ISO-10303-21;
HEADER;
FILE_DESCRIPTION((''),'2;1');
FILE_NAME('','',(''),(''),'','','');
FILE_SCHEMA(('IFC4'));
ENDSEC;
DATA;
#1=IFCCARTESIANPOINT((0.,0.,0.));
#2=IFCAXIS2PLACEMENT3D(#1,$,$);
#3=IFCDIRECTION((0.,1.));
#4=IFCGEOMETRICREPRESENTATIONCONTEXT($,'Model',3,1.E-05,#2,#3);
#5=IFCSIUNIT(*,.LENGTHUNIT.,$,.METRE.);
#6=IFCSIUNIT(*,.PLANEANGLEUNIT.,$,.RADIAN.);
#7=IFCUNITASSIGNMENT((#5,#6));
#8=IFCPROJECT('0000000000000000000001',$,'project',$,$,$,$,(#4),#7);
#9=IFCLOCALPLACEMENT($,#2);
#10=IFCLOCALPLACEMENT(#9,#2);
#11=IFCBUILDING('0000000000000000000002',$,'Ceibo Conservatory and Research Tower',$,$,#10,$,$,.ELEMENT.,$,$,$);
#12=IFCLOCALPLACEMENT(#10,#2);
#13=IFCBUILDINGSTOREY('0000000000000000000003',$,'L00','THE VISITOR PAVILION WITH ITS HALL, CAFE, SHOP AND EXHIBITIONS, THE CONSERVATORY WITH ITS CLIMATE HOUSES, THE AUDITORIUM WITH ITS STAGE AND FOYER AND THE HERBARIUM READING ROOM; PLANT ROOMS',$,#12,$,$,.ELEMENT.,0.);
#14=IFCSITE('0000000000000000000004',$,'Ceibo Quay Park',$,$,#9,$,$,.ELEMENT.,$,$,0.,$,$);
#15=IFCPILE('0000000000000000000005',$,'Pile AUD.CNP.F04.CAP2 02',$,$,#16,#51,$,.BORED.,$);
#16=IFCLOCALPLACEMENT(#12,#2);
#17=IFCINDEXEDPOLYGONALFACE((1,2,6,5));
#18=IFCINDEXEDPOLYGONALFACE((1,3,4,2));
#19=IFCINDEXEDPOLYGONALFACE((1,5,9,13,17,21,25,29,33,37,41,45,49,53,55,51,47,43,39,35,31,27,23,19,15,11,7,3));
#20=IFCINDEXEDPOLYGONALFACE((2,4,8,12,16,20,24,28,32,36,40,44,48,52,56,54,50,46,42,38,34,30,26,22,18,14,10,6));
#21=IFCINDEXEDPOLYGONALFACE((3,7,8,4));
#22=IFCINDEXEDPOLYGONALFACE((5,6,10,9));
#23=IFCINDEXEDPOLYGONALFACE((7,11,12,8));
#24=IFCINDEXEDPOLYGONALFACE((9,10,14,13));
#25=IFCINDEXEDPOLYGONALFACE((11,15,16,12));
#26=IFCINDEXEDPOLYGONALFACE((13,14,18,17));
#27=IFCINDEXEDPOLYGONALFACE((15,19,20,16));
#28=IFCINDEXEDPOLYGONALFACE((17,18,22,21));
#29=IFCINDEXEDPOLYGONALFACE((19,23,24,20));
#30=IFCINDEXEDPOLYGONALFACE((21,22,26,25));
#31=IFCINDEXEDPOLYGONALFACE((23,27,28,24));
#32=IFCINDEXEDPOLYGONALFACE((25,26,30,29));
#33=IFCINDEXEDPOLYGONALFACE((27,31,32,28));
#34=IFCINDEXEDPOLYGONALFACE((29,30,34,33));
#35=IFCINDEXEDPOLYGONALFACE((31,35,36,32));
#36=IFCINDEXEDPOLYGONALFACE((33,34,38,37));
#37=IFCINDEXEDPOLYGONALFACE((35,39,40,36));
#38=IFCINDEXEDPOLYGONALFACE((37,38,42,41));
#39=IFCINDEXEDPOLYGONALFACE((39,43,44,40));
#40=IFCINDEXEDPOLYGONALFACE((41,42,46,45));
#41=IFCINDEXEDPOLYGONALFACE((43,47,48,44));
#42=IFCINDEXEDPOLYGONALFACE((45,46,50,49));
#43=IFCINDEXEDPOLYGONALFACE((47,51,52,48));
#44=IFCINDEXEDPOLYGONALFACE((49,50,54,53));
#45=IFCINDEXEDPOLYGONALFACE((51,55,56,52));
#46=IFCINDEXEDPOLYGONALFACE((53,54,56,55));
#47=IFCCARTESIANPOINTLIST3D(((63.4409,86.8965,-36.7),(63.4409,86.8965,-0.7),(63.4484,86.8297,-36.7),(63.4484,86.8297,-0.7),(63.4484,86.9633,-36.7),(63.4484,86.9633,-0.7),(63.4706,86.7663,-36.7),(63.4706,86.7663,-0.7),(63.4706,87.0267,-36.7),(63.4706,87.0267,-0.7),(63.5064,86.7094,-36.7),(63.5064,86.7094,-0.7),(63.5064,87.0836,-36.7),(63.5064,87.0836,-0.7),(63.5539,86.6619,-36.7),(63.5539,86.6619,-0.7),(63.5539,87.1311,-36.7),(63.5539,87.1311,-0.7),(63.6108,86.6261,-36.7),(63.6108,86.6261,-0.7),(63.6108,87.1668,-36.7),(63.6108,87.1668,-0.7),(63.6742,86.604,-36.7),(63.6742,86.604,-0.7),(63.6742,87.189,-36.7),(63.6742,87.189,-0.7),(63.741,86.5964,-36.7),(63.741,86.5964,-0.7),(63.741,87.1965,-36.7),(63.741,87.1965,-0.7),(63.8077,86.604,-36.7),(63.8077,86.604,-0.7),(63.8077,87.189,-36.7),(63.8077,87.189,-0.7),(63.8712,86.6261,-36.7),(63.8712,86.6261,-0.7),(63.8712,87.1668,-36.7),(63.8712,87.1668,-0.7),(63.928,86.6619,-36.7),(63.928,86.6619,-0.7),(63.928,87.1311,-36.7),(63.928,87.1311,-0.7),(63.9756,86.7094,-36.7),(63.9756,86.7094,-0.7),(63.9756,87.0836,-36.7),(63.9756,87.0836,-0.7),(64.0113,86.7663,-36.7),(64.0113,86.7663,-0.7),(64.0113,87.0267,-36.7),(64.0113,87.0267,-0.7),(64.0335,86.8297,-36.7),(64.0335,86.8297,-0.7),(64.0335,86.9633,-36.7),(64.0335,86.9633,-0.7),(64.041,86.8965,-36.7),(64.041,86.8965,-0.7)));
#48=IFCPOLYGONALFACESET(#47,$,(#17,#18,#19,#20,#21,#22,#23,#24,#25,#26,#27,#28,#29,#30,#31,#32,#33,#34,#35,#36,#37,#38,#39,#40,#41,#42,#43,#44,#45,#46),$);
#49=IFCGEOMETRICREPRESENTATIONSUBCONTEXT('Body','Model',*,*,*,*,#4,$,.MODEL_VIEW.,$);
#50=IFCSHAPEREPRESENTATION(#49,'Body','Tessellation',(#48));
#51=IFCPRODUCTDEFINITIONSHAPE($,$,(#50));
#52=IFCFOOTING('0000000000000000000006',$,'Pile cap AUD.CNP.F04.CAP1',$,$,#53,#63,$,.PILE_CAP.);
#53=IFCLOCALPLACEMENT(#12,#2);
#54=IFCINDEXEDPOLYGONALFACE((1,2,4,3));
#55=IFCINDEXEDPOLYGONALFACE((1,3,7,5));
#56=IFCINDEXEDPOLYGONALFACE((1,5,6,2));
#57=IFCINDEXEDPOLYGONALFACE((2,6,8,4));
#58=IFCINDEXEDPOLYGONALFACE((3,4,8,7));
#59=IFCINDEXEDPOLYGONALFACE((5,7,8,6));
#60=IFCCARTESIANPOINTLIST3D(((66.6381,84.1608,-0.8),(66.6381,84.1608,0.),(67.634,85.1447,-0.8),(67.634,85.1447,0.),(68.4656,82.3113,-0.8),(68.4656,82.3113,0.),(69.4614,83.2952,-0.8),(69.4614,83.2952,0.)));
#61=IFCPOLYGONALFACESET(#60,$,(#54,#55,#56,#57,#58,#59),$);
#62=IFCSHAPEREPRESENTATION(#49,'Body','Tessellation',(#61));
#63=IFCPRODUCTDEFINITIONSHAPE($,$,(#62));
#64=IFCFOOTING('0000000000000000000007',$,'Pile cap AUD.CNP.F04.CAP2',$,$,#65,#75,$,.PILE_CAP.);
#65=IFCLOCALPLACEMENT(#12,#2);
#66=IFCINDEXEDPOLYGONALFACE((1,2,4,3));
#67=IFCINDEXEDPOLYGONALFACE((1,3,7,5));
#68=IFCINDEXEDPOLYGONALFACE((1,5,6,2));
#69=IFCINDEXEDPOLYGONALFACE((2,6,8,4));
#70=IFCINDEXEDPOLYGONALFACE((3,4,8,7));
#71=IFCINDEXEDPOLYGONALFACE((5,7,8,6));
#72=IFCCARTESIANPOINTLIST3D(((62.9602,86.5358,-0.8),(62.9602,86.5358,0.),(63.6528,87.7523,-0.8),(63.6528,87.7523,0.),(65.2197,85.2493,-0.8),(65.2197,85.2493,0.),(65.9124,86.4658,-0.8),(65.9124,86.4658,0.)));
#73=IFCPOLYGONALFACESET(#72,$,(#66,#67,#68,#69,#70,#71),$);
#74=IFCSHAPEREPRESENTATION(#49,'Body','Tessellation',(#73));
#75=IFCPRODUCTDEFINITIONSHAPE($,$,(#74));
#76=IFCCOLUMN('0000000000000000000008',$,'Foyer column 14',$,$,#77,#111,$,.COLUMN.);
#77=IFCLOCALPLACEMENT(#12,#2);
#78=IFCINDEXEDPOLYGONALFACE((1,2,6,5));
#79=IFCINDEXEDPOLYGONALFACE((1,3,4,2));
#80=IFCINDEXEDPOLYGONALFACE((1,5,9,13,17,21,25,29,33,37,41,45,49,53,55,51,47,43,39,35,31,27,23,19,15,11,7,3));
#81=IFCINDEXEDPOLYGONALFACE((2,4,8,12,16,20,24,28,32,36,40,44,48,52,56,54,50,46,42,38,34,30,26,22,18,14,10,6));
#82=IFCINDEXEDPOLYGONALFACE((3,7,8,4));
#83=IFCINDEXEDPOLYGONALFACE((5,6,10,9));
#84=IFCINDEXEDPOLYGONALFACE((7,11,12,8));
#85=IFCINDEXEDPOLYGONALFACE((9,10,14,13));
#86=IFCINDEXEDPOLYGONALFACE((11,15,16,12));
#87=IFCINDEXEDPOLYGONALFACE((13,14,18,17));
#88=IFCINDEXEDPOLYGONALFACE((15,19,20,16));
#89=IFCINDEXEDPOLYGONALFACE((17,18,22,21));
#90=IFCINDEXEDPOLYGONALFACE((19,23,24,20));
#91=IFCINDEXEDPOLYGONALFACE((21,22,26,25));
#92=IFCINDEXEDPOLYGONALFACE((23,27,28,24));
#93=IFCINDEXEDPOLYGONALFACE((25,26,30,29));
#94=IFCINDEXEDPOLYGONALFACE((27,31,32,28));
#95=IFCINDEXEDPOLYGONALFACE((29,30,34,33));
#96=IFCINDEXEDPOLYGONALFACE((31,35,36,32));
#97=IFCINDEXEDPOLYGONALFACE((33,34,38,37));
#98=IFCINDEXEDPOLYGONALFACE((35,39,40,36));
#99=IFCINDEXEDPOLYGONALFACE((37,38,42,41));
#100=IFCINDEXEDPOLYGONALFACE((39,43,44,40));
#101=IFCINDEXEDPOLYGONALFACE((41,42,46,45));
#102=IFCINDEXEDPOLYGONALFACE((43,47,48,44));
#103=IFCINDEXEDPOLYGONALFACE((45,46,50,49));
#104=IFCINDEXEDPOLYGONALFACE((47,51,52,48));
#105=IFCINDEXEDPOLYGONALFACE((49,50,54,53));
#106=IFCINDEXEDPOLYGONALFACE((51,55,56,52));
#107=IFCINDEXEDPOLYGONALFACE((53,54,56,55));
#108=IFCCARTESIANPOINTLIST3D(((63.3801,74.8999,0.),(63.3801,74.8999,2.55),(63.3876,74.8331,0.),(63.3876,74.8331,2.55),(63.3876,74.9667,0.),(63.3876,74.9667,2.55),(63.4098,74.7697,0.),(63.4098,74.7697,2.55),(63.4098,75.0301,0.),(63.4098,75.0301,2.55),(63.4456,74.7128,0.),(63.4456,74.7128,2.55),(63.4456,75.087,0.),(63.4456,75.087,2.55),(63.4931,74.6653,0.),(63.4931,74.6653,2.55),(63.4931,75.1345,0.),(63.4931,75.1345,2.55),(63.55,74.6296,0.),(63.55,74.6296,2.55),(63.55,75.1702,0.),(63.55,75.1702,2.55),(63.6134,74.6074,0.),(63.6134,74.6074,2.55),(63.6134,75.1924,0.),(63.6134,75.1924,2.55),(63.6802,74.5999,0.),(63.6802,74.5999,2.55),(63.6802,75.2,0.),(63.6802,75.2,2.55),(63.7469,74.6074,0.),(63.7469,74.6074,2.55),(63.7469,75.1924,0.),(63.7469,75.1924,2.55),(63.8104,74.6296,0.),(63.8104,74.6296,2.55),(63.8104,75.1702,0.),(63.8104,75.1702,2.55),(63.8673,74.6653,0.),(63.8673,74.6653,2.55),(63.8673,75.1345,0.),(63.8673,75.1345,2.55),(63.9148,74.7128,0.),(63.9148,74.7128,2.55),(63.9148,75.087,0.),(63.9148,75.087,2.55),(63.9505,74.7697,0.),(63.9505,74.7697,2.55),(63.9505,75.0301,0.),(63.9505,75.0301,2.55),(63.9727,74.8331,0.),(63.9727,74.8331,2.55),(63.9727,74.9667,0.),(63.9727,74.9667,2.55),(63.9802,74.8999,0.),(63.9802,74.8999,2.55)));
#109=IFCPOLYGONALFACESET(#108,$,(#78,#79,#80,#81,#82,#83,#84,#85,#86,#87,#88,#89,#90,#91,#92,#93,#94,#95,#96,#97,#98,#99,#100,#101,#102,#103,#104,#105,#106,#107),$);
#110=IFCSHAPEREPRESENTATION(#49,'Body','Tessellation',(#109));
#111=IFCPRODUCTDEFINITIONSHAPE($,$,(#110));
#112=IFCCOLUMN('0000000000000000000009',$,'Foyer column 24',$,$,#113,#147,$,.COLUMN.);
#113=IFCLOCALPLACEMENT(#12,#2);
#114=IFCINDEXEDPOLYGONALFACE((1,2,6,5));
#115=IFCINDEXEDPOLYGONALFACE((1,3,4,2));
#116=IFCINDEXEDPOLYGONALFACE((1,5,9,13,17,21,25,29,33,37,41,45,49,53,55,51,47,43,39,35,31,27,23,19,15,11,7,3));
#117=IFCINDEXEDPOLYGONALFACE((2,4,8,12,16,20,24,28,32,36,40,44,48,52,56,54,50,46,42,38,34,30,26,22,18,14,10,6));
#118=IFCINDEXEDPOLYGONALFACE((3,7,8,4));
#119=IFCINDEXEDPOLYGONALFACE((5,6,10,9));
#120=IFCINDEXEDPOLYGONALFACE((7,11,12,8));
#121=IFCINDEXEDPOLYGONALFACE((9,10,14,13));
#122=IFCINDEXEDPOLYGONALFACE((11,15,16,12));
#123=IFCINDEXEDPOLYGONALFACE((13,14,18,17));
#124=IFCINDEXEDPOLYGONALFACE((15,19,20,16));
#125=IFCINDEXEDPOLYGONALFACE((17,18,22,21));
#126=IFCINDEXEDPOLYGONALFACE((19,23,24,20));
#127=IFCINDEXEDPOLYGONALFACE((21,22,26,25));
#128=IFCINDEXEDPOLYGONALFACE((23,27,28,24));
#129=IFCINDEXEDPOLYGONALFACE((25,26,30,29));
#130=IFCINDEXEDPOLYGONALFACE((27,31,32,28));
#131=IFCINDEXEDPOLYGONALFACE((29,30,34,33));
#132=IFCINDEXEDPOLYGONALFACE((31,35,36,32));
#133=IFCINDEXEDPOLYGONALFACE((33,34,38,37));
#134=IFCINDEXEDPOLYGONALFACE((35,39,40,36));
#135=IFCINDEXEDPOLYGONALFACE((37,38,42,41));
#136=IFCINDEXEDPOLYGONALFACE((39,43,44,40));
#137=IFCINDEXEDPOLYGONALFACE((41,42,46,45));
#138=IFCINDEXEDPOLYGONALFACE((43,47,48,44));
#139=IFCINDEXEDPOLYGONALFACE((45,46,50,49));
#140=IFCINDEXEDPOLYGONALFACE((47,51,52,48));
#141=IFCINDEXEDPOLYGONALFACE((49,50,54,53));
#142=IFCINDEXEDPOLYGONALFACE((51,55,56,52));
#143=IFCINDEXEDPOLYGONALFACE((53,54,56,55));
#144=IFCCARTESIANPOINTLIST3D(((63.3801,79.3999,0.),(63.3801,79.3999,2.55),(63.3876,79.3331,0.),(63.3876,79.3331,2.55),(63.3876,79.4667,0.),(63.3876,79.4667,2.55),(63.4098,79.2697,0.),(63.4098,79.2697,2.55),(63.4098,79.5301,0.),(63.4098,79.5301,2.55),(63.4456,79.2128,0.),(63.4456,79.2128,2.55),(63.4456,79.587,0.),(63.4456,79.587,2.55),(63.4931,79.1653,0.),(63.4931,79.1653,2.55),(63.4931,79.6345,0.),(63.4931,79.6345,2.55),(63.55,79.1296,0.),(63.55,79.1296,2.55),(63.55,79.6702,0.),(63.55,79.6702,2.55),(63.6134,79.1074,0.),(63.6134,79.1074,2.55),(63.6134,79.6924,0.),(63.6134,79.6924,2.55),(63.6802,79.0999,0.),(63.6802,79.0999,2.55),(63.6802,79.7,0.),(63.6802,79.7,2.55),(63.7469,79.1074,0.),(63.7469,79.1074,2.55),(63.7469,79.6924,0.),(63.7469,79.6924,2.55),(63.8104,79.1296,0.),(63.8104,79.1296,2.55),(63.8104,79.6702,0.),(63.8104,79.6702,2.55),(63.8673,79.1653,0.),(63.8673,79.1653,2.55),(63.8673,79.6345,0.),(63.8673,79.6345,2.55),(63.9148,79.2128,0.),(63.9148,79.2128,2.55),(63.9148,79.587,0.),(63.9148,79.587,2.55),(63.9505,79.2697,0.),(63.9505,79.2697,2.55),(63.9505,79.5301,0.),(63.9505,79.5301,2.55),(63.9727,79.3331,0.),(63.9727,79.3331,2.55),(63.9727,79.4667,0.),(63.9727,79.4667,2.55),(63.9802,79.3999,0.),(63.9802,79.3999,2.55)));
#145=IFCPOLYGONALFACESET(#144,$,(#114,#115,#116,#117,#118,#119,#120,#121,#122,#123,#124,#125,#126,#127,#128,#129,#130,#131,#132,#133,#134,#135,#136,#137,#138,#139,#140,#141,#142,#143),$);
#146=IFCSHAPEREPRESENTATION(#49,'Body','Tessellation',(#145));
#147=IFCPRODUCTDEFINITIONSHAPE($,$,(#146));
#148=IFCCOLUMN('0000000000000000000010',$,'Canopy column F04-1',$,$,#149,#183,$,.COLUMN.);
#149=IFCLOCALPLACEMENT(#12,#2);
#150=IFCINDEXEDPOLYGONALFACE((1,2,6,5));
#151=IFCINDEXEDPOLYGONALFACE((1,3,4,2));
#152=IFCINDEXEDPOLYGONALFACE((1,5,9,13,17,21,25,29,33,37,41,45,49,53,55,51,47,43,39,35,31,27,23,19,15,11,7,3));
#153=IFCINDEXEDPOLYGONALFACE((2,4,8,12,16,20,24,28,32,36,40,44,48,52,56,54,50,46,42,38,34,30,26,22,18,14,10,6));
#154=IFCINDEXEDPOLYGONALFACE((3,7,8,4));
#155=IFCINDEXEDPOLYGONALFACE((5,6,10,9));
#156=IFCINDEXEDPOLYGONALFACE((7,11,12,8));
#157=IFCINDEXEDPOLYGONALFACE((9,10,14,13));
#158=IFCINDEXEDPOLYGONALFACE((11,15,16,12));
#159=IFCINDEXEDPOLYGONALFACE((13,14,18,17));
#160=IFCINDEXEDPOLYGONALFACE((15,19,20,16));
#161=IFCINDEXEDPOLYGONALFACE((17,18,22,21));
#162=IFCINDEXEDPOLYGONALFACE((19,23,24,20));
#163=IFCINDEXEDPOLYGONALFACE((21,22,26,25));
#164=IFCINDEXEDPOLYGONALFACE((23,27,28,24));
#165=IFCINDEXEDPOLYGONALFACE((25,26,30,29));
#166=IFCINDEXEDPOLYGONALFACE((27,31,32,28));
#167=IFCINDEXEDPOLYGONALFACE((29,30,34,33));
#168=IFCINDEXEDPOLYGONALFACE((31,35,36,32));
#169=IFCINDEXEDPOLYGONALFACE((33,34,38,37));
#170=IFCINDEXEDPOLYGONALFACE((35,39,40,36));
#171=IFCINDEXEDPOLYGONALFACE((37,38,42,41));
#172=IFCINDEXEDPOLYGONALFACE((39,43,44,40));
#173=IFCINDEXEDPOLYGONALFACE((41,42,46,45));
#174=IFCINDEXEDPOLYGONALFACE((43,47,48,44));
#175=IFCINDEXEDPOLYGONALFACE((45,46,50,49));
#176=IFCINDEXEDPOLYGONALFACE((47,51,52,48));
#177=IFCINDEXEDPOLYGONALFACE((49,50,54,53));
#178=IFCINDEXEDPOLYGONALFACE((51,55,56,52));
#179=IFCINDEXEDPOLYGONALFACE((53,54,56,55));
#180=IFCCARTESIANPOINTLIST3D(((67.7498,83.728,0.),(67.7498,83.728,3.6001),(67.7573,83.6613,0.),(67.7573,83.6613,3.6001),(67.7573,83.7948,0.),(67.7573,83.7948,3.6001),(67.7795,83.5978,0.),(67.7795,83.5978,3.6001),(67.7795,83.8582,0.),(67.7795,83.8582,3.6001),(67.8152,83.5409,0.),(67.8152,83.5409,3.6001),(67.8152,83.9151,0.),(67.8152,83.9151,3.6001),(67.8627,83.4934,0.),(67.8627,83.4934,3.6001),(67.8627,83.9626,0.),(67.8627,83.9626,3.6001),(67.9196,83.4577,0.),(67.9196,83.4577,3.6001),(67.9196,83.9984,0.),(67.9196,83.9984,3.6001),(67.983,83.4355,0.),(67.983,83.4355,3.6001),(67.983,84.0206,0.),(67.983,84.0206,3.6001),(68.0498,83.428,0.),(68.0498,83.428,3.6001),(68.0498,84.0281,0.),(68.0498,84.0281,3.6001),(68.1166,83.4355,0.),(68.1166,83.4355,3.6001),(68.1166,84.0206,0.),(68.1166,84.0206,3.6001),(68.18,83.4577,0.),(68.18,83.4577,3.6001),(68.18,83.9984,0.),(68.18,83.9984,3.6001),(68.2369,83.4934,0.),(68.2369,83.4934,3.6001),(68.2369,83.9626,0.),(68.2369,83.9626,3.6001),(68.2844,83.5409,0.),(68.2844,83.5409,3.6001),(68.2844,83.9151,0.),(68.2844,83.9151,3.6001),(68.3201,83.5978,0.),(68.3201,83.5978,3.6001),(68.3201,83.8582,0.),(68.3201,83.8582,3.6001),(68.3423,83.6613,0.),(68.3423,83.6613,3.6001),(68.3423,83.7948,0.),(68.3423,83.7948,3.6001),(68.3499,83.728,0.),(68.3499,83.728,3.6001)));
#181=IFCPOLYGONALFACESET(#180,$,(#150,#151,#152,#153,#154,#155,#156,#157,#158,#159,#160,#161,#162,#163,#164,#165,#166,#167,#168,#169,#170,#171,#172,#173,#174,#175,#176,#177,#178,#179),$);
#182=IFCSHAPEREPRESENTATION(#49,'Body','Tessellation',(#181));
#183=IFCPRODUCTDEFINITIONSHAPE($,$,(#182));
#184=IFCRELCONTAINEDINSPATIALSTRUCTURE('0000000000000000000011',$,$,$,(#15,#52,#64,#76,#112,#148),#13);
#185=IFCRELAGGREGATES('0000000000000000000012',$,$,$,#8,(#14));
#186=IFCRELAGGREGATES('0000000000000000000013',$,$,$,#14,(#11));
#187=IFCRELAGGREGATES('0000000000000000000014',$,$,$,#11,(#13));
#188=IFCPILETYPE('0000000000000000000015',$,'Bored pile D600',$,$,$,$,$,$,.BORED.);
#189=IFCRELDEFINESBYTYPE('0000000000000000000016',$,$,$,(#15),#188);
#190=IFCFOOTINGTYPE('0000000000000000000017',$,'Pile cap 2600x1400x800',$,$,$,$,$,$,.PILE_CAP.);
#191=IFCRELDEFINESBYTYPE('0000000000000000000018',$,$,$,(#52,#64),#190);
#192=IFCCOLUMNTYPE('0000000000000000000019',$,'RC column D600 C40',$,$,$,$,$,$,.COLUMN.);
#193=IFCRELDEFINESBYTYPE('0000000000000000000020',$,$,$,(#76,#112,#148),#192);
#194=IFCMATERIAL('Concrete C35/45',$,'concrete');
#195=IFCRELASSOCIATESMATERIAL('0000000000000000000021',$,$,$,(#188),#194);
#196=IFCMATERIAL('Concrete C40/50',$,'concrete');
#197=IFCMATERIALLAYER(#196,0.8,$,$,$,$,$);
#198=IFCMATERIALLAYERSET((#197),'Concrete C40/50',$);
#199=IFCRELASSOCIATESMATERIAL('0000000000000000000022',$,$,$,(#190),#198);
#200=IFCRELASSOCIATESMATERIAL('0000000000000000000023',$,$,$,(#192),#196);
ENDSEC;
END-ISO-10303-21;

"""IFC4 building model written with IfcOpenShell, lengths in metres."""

from ifc_helpers import new_model, si_unit, direction, frame, origin, origin_2d, place, context, subcontext, project, spatial, polyline, circle, outline, extrude, material, layer, layer_set, material_profile, profile_set, type_object, element, save


model = new_model("IFC4")

# Units and contexts
model_context = context("Model", 3, precision=1e-05, world=origin(), true_north=direction((0.0, 1.0)))
body_context = subcontext(model_context, "Body", "Model", "MODEL_VIEW")
ifc_project = project(units=[si_unit("LENGTHUNIT", "METRE"), si_unit("PLANEANGLEUNIT", "RADIAN")], contexts=[model_context])

# Site, building, storey
site_placement = place(None, origin())
site = spatial("IfcSite", under=ifc_project, at=site_placement, Name="Ceibo Quay Park", CompositionType="ELEMENT", RefElevation=0.0)
building_placement = place(site_placement, origin())
building = spatial("IfcBuilding", under=site, at=building_placement, Name="Ceibo Conservatory and Research Tower", CompositionType="ELEMENT")
storey_placement = place(building_placement, origin())
storey = spatial("IfcBuildingStorey", under=building, at=storey_placement, Name="L00", Description="THE VISITOR PAVILION WITH ITS HALL, CAFE, SHOP AND EXHIBITIONS, THE CONSERVATORY WITH ITS CLIMATE HOUSES, THE AUDITORIUM WITH ITS STAGE AND FOYER AND THE HERBARIUM READING ROOM; PLANT ROOMS", CompositionType="ELEMENT", Elevation=0.0)

# Pile
ifc_material_1 = material(Name="Concrete C35/45", Category="concrete")
ifc_material_profile_1 = material_profile(ifc_material_1, circle(Radius=0.3, at=origin_2d()), Name="RC D600")
ifc_profile_set_1 = profile_set([ifc_material_profile_1], Name="Concrete C35/45")
pile_type = type_object("IfcPileType", Name="Bored pile D600", PredefinedType="BORED", material=ifc_profile_set_1)
for number, where, z_axis, x_axis, name in (
    (1, (63.741, 86.8965, -0.7), (0.0, 0.0, -1.0), (1.0, 0.0, 0.0), "Pile AUD.CNP.F04.CAP2 02"),
):
    element("IfcPile", number, at=place(storey_placement, frame(where, z_axis=z_axis, x_axis=x_axis)), inside=storey, type_object=pile_type, Name=name, PredefinedType="BORED", context=body_context, shape_type="SweptSolid", body=[
        extrude(circle(Radius=0.3, at=origin_2d()), origin(), (0.0, 0.0, 1.0), 36.0),
    ])

# Footings
ifc_material_2 = material(Name="Concrete C40/50", Category="concrete")
ifc_layer_1 = layer(ifc_material_2, 0.8)
ifc_layer_set_1 = layer_set([ifc_layer_1], Name="Concrete C40/50")
footing_type = type_object("IfcFootingType", Name="Pile cap 2600x1400x800", PredefinedType="PILE_CAP", material=ifc_layer_set_1)
for number, where, z_axis, x_axis, name in (
    (2, (69.4614, 83.2952, -0.8), (0.0, 0.0, 1.0), (-0.702846, 0.711342, 0.0), "Pile cap AUD.CNP.F04.CAP1"),
    (3, (65.9124, 86.4658, -0.8), (0.0, 0.0, 1.0), (-0.869014, 0.494788, 0.0), "Pile cap AUD.CNP.F04.CAP2"),
):
    element("IfcFooting", number, at=place(storey_placement, frame(where, z_axis=z_axis, x_axis=x_axis)), inside=storey, type_object=footing_type, Name=name, PredefinedType="PILE_CAP", context=body_context, shape_type="SweptSolid", body=[
        extrude(outline(polyline([(0.0, 0.0), (2.6001, 0.0), (2.6001, 1.3999), (0.0, 1.3999), (0.0, 0.0)])), origin(), (0.0, 0.0, 1.0), 0.8),
    ])

# Columns
ifc_material_profile_2 = material_profile(ifc_material_2, circle(Radius=0.3, at=origin_2d()), Name="RC D600")
ifc_profile_set_2 = profile_set([ifc_material_profile_2], Name="Concrete C40/50")
column_type = type_object("IfcColumnType", Name="RC column D600 C40", PredefinedType="COLUMN", material=ifc_profile_set_2)
for number, where, z_axis, x_axis, name in (
    (4, (63.6802, 74.8999, 0.0), (0.0, 0.0, 1.0), (1.0, 0.0, 0.0), "Foyer column 14"),
    (5, (63.6802, 79.3999, 0.0), (0.0, 0.0, 1.0), (1.0, 0.0, 0.0), "Foyer column 24"),
):
    element("IfcColumn", number, at=place(storey_placement, frame(where, z_axis=z_axis, x_axis=x_axis)), inside=storey, type_object=column_type, Name=name, PredefinedType="COLUMN", context=body_context, shape_type="SweptSolid", body=[
        extrude(circle(Radius=0.3, at=origin_2d()), origin(), (0.0, 0.0, 1.0), 2.55),
    ])
for number, where, z_axis, x_axis, name in (
    (6, (68.0498, 83.728, 0.0), (0.0, 0.0, 1.0), (1.0, 0.0, 0.0), "Canopy column F04-1"),
):
    element("IfcColumn", number, at=place(storey_placement, frame(where, z_axis=z_axis, x_axis=x_axis)), inside=storey, type_object=column_type, Name=name, PredefinedType="COLUMN", context=body_context, shape_type="SweptSolid", body=[
        extrude(circle(Radius=0.3, at=origin_2d()), origin(), (0.0, 0.0, 1.0), 3.6001),
    ])

save(model, "model.ifc")
